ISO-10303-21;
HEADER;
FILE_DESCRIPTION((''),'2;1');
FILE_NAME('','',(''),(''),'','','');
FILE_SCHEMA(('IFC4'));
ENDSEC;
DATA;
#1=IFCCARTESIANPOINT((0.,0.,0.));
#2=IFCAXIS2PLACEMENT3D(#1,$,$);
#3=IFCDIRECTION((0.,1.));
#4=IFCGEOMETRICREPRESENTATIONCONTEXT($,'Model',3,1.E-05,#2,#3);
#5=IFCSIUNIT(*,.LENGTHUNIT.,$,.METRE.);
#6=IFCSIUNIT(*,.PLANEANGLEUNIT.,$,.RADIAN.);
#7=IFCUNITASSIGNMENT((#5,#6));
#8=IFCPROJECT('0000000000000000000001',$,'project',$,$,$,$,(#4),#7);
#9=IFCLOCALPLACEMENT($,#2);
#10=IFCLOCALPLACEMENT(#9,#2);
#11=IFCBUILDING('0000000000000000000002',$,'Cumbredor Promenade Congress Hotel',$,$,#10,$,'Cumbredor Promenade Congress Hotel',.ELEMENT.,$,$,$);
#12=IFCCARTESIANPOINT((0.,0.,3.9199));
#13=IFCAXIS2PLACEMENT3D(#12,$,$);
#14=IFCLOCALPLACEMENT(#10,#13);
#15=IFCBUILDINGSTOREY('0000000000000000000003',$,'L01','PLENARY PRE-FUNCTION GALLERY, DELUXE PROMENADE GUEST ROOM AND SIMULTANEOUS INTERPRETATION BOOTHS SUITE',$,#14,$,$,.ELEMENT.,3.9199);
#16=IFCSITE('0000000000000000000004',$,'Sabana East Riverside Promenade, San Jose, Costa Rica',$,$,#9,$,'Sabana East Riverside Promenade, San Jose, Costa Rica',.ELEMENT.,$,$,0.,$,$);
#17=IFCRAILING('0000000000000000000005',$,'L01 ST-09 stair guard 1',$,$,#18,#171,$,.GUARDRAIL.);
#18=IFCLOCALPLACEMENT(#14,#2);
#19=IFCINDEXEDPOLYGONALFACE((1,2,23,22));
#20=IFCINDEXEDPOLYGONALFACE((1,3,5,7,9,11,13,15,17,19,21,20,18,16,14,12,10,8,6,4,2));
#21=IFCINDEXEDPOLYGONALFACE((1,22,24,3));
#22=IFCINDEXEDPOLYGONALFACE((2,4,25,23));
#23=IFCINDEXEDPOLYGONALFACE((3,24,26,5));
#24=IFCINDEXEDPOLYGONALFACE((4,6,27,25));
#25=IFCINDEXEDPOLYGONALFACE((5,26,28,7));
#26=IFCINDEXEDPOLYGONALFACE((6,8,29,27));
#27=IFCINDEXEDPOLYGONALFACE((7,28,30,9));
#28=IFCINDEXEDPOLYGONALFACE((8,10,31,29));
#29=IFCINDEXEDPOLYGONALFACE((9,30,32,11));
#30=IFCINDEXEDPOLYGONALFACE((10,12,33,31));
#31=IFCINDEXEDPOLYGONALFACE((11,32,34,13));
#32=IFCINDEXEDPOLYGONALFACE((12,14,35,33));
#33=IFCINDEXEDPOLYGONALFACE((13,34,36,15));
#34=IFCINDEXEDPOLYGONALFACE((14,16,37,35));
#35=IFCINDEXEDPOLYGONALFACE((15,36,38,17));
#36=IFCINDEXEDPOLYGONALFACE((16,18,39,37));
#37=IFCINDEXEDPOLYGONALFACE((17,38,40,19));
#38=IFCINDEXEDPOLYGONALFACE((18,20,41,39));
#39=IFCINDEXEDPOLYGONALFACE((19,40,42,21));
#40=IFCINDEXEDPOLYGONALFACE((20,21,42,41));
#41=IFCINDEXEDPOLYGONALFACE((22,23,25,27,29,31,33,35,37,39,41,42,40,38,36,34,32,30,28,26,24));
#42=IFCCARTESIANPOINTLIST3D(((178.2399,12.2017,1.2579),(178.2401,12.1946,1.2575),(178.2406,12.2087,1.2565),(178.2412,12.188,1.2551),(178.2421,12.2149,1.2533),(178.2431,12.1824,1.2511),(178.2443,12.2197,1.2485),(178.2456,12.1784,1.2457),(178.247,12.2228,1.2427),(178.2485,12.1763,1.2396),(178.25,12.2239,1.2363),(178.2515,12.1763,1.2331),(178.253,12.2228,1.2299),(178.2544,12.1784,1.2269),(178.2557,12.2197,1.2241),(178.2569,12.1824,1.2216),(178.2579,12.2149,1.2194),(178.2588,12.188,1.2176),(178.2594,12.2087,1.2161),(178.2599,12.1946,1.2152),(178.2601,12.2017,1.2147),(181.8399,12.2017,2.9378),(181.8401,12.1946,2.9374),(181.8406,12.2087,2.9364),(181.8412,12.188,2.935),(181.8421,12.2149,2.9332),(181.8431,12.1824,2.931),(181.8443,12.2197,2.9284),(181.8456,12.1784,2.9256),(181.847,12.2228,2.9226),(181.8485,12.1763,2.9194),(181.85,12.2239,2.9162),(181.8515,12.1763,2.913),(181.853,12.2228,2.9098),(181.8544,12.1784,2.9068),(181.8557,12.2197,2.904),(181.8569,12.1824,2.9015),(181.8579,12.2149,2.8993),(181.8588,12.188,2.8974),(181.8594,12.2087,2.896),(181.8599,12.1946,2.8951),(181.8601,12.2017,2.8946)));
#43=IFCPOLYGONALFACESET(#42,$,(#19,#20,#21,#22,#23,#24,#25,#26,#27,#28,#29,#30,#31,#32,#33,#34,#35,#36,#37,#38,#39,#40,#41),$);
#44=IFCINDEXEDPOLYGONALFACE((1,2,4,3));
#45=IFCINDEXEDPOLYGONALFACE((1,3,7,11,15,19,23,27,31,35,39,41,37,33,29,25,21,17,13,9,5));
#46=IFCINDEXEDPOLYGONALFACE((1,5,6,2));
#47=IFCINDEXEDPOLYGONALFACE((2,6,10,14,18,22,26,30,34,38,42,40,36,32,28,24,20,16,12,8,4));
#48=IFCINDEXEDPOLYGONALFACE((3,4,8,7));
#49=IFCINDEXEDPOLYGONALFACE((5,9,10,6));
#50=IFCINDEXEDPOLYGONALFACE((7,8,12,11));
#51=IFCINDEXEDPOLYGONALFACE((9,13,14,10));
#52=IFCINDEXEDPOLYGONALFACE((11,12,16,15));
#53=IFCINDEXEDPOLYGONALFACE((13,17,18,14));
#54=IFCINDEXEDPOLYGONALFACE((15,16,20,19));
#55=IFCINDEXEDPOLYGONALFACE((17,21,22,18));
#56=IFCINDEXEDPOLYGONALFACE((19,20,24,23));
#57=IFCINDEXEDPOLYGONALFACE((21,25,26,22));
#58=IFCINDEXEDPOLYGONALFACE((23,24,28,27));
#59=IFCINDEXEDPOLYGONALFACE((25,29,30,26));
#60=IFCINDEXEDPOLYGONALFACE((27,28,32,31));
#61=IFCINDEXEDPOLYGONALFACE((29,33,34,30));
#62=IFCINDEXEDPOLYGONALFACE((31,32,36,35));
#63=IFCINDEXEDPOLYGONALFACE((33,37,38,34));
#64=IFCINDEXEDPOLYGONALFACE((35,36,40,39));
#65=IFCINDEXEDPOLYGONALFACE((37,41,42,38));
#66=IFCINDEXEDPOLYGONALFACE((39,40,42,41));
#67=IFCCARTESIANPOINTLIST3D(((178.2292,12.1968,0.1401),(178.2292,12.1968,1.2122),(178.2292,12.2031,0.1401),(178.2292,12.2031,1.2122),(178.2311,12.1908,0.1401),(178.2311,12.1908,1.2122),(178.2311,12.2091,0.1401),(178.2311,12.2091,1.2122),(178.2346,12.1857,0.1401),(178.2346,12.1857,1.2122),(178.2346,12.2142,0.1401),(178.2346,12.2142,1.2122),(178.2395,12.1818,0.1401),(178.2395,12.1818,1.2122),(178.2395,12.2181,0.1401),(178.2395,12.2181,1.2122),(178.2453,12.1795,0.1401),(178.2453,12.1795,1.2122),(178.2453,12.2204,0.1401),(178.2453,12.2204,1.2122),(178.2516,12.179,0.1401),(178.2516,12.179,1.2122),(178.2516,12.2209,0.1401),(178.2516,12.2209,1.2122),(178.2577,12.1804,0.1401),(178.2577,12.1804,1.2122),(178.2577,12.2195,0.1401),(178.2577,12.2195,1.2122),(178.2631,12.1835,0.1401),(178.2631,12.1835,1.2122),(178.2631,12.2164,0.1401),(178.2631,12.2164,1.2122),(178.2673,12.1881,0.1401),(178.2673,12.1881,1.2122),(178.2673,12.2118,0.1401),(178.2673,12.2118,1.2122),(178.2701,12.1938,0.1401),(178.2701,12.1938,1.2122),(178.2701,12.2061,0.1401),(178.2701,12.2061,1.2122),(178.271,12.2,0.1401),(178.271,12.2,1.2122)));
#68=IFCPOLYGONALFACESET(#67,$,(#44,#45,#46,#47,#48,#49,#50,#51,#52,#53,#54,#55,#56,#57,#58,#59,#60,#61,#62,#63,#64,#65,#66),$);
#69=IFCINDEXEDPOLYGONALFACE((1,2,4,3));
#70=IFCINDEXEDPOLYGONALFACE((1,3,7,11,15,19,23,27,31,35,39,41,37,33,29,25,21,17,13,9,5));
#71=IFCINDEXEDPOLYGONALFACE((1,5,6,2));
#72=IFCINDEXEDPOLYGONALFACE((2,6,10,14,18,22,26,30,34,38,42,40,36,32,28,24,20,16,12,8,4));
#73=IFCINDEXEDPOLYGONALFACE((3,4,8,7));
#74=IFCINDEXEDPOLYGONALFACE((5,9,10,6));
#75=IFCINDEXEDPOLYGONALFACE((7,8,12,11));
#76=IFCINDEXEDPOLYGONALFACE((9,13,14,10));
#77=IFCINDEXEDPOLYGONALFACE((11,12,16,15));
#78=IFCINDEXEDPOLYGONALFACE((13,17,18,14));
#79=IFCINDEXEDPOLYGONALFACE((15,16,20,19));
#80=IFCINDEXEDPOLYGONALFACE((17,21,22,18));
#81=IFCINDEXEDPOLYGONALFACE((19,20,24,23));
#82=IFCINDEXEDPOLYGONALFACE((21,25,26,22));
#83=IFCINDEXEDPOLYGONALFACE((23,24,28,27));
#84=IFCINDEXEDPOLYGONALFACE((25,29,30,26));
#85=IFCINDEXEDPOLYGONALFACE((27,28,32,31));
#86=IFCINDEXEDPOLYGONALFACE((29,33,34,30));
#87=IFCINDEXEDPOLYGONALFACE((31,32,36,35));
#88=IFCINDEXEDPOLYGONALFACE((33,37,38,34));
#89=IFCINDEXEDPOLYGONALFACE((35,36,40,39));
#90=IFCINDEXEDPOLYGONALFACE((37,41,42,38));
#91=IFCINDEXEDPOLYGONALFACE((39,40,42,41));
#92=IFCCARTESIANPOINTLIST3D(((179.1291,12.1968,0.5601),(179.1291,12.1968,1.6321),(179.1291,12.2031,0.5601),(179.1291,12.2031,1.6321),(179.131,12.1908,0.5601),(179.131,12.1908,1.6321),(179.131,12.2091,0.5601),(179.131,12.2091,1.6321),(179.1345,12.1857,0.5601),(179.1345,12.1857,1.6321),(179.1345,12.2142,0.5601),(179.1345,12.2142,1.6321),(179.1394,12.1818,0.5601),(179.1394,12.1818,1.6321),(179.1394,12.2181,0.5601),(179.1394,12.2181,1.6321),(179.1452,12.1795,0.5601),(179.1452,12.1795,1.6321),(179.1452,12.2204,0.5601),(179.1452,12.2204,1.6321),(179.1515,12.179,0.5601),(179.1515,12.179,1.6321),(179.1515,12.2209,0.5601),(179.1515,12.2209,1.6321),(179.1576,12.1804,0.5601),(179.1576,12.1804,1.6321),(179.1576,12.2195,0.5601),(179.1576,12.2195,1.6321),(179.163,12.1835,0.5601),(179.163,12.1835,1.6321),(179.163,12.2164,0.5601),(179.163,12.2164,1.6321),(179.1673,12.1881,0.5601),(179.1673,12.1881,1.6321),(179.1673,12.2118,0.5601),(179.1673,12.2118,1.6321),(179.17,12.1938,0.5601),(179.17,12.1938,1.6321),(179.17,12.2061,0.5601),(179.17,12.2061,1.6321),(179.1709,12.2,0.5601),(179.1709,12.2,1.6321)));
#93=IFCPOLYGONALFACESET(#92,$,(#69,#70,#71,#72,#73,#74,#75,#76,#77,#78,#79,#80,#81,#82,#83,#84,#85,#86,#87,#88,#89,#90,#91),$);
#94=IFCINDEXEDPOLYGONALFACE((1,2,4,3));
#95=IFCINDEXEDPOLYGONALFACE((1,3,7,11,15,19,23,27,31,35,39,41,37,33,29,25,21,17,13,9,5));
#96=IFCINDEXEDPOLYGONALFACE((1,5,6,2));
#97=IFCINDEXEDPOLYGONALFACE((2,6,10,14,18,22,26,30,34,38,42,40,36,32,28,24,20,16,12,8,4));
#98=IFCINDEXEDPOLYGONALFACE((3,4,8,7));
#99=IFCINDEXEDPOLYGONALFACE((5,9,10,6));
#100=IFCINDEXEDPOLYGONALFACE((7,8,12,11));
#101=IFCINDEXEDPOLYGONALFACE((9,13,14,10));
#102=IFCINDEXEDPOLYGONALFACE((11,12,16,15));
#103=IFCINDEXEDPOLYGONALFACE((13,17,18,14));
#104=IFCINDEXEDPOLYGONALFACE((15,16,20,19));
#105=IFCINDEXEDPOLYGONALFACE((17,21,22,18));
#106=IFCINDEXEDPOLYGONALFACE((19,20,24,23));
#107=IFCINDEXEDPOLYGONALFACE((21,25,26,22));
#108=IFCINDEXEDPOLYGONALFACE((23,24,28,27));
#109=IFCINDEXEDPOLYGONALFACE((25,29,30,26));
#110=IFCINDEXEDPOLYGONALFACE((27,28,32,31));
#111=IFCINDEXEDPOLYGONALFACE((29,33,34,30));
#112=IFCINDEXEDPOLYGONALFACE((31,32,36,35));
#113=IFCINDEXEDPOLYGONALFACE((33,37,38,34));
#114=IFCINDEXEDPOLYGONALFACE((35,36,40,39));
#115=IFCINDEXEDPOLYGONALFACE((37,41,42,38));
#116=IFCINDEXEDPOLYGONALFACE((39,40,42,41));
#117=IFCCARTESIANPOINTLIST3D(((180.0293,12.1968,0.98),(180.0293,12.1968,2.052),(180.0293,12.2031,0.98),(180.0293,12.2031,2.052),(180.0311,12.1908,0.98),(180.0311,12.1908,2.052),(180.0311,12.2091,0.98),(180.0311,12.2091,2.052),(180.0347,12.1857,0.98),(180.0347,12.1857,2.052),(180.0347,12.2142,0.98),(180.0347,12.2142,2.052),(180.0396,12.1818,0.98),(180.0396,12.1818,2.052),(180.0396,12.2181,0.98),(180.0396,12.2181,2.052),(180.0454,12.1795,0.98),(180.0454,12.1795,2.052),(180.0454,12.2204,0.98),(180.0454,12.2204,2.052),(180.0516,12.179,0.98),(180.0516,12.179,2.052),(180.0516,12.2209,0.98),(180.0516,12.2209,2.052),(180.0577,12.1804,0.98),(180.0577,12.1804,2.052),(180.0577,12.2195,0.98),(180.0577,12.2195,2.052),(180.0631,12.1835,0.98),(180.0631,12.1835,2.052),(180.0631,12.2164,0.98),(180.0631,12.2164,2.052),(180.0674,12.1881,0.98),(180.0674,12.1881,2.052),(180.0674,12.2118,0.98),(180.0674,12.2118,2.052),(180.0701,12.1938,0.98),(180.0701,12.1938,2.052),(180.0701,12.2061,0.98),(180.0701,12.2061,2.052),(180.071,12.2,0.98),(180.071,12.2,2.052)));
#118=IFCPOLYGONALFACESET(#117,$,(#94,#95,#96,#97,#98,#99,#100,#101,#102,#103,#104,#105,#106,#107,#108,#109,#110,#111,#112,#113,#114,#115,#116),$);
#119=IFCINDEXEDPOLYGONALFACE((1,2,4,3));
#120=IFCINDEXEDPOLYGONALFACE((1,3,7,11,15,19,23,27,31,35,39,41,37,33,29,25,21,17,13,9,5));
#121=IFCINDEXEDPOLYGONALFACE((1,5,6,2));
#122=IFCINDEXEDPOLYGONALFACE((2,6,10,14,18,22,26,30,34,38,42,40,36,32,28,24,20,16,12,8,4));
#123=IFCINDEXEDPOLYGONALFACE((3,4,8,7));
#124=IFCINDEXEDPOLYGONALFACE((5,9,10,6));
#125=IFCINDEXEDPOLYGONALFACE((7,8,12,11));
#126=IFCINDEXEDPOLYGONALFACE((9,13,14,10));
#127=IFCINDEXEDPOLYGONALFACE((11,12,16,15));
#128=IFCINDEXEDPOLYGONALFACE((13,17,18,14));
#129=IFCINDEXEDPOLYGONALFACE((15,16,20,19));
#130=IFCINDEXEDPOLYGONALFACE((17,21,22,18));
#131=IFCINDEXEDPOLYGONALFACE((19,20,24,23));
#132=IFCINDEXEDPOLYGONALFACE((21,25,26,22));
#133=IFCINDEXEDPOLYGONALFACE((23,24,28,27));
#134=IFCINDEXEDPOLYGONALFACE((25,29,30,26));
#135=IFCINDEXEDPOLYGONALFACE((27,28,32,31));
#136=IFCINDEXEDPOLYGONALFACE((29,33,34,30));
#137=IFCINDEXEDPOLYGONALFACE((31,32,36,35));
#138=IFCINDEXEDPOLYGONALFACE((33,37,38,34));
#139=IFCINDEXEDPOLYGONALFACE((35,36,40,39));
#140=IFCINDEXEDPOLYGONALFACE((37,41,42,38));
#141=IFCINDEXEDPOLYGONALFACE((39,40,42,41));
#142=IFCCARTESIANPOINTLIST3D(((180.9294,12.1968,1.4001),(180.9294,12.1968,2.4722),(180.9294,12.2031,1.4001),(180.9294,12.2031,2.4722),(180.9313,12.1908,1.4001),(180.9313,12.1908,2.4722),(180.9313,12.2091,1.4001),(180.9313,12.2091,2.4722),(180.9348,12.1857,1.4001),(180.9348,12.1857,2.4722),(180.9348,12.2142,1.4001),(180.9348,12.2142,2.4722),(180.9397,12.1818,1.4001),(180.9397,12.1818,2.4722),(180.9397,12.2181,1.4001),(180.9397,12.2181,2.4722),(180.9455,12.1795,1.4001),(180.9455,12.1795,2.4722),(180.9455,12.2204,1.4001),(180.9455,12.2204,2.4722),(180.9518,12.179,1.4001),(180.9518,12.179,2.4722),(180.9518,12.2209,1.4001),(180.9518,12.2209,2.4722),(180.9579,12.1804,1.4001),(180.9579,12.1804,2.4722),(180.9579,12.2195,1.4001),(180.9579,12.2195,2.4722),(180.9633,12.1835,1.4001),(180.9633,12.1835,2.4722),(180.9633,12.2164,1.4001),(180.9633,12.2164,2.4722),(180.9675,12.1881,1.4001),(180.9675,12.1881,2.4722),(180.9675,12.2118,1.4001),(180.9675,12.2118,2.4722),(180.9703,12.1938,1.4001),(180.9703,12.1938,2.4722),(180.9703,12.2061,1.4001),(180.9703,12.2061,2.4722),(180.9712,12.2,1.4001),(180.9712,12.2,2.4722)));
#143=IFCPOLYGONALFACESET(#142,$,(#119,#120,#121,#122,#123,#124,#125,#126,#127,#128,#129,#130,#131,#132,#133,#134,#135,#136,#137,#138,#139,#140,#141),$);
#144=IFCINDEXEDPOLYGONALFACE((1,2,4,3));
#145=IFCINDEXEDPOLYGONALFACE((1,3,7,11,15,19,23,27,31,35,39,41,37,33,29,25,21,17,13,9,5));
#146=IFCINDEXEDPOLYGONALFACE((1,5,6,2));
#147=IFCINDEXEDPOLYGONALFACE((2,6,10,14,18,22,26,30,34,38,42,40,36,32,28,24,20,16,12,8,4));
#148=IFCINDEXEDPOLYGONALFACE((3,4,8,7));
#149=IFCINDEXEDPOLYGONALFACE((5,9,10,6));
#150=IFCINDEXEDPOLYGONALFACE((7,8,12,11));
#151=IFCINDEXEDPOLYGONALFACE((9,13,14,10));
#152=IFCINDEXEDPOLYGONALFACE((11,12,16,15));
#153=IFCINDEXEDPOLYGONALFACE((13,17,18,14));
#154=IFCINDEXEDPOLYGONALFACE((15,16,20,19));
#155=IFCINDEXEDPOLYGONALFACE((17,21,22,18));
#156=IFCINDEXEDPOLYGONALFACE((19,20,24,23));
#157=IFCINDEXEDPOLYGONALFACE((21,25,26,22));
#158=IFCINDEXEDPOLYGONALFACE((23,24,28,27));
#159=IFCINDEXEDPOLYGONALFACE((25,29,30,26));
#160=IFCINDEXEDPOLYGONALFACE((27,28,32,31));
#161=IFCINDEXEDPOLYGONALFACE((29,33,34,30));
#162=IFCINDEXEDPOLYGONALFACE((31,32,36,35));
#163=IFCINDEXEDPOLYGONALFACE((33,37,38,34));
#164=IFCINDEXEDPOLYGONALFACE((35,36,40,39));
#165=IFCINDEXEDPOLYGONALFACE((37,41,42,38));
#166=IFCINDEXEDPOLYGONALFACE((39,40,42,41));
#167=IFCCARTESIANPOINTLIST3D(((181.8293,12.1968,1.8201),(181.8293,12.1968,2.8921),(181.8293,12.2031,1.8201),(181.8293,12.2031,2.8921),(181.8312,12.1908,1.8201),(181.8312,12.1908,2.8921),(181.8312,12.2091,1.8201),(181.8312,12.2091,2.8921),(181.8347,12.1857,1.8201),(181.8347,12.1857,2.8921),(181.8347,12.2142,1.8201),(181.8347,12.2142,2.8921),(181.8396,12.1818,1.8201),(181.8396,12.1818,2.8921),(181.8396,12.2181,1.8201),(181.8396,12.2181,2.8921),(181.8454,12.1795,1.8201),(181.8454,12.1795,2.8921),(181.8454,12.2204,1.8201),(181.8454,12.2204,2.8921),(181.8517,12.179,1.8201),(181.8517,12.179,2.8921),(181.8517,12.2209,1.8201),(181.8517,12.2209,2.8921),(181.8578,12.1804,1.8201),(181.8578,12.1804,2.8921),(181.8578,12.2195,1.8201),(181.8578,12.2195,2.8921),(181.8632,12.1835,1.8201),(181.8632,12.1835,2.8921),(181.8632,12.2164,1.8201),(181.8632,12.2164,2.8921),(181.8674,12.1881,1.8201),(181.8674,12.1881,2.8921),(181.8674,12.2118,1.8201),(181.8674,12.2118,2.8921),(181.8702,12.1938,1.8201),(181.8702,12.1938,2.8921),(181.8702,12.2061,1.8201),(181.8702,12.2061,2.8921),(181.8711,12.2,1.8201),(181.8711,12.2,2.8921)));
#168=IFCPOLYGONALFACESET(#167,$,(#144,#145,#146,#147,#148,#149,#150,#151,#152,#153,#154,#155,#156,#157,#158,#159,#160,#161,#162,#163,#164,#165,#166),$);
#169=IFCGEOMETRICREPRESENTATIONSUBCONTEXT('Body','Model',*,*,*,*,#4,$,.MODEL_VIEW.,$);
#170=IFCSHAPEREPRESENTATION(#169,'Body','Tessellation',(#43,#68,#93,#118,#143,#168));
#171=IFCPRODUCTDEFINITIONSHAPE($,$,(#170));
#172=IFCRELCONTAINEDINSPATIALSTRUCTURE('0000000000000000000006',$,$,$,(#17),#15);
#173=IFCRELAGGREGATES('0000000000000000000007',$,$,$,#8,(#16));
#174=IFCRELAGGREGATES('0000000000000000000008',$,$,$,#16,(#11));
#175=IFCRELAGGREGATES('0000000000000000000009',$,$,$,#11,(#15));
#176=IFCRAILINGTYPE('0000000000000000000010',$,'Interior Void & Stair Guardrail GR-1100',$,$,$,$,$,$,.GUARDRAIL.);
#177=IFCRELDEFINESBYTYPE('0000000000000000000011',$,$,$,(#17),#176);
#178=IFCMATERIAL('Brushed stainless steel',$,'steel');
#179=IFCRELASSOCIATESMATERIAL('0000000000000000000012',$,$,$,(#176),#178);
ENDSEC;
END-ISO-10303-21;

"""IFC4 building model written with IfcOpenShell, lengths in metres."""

from ifc_helpers import new_model, si_unit, direction, frame, origin, origin_2d, place, context, subcontext, project, spatial, circle, extrude, material, type_object, element, save


model = new_model("IFC4")

# Units and contexts
model_context = context("Model", 3, precision=1e-05, world=origin(), true_north=direction((0.0, 1.0)))
body_context = subcontext(model_context, "Body", "Model", "MODEL_VIEW")
ifc_project = project(units=[si_unit("LENGTHUNIT", "METRE"), si_unit("PLANEANGLEUNIT", "RADIAN")], contexts=[model_context])

# Site, building, storey
site_placement = place(None, origin())
site = spatial("IfcSite", under=ifc_project, at=site_placement, Name="Sabana East Riverside Promenade, San Jose, Costa Rica", LongName="Sabana East Riverside Promenade, San Jose, Costa Rica", CompositionType="ELEMENT", RefElevation=0.0)
building_placement = place(site_placement, origin())
building = spatial("IfcBuilding", under=site, at=building_placement, Name="Cumbredor Promenade Congress Hotel", LongName="Cumbredor Promenade Congress Hotel", CompositionType="ELEMENT")
storey_placement = place(building_placement, frame((0.0, 0.0, 3.9199)))
storey = spatial("IfcBuildingStorey", under=building, at=storey_placement, Name="L01", Description="PLENARY PRE-FUNCTION GALLERY, DELUXE PROMENADE GUEST ROOM AND SIMULTANEOUS INTERPRETATION BOOTHS SUITE", CompositionType="ELEMENT", Elevation=3.9199)

# Railing
ifc_material_1 = material(Name="Brushed stainless steel", Category="steel")
railing_type_1 = type_object("IfcRailingType", Name="Interior Void & Stair Guardrail GR-1100", PredefinedType="GUARDRAIL", material=ifc_material_1)
railing_1_placement = place(storey_placement, frame((178.25, 12.2, 0.1401)))
element("IfcRailing", 1, at=railing_1_placement, inside=storey, type_object=railing_type_1, Name="L01 ST-09 stair guard 1", PredefinedType="GUARDRAIL", context=body_context, shape_type="SweptSolid", body=[
    extrude(circle(Radius=0.0239, at=origin_2d()), frame((0.0, 0.0, 1.0962), z_axis=(0.906194, 0.0, 0.422862), x_axis=(0.0, 1.0, 0.0)), (0.0, 0.0, 1.0), 3.9727),
    extrude(circle(Radius=0.021, at=origin_2d()), origin(), (0.0, 0.0, 1.0), 1.072),
    extrude(circle(Radius=0.021, at=origin_2d()), frame((0.8999, 0.0, 0.4199)), (0.0, 0.0, 1.0), 1.072),
    extrude(circle(Radius=0.021, at=origin_2d()), frame((1.8, 0.0, 0.8398)), (0.0, 0.0, 1.0), 1.072),
    extrude(circle(Radius=0.021, at=origin_2d()), frame((2.7002, 0.0, 1.26)), (0.0, 0.0, 1.0), 1.072),
    extrude(circle(Radius=0.021, at=origin_2d()), frame((3.6001, 0.0, 1.6799)), (0.0, 0.0, 1.0), 1.072),
])

save(model, "model.ifc")
